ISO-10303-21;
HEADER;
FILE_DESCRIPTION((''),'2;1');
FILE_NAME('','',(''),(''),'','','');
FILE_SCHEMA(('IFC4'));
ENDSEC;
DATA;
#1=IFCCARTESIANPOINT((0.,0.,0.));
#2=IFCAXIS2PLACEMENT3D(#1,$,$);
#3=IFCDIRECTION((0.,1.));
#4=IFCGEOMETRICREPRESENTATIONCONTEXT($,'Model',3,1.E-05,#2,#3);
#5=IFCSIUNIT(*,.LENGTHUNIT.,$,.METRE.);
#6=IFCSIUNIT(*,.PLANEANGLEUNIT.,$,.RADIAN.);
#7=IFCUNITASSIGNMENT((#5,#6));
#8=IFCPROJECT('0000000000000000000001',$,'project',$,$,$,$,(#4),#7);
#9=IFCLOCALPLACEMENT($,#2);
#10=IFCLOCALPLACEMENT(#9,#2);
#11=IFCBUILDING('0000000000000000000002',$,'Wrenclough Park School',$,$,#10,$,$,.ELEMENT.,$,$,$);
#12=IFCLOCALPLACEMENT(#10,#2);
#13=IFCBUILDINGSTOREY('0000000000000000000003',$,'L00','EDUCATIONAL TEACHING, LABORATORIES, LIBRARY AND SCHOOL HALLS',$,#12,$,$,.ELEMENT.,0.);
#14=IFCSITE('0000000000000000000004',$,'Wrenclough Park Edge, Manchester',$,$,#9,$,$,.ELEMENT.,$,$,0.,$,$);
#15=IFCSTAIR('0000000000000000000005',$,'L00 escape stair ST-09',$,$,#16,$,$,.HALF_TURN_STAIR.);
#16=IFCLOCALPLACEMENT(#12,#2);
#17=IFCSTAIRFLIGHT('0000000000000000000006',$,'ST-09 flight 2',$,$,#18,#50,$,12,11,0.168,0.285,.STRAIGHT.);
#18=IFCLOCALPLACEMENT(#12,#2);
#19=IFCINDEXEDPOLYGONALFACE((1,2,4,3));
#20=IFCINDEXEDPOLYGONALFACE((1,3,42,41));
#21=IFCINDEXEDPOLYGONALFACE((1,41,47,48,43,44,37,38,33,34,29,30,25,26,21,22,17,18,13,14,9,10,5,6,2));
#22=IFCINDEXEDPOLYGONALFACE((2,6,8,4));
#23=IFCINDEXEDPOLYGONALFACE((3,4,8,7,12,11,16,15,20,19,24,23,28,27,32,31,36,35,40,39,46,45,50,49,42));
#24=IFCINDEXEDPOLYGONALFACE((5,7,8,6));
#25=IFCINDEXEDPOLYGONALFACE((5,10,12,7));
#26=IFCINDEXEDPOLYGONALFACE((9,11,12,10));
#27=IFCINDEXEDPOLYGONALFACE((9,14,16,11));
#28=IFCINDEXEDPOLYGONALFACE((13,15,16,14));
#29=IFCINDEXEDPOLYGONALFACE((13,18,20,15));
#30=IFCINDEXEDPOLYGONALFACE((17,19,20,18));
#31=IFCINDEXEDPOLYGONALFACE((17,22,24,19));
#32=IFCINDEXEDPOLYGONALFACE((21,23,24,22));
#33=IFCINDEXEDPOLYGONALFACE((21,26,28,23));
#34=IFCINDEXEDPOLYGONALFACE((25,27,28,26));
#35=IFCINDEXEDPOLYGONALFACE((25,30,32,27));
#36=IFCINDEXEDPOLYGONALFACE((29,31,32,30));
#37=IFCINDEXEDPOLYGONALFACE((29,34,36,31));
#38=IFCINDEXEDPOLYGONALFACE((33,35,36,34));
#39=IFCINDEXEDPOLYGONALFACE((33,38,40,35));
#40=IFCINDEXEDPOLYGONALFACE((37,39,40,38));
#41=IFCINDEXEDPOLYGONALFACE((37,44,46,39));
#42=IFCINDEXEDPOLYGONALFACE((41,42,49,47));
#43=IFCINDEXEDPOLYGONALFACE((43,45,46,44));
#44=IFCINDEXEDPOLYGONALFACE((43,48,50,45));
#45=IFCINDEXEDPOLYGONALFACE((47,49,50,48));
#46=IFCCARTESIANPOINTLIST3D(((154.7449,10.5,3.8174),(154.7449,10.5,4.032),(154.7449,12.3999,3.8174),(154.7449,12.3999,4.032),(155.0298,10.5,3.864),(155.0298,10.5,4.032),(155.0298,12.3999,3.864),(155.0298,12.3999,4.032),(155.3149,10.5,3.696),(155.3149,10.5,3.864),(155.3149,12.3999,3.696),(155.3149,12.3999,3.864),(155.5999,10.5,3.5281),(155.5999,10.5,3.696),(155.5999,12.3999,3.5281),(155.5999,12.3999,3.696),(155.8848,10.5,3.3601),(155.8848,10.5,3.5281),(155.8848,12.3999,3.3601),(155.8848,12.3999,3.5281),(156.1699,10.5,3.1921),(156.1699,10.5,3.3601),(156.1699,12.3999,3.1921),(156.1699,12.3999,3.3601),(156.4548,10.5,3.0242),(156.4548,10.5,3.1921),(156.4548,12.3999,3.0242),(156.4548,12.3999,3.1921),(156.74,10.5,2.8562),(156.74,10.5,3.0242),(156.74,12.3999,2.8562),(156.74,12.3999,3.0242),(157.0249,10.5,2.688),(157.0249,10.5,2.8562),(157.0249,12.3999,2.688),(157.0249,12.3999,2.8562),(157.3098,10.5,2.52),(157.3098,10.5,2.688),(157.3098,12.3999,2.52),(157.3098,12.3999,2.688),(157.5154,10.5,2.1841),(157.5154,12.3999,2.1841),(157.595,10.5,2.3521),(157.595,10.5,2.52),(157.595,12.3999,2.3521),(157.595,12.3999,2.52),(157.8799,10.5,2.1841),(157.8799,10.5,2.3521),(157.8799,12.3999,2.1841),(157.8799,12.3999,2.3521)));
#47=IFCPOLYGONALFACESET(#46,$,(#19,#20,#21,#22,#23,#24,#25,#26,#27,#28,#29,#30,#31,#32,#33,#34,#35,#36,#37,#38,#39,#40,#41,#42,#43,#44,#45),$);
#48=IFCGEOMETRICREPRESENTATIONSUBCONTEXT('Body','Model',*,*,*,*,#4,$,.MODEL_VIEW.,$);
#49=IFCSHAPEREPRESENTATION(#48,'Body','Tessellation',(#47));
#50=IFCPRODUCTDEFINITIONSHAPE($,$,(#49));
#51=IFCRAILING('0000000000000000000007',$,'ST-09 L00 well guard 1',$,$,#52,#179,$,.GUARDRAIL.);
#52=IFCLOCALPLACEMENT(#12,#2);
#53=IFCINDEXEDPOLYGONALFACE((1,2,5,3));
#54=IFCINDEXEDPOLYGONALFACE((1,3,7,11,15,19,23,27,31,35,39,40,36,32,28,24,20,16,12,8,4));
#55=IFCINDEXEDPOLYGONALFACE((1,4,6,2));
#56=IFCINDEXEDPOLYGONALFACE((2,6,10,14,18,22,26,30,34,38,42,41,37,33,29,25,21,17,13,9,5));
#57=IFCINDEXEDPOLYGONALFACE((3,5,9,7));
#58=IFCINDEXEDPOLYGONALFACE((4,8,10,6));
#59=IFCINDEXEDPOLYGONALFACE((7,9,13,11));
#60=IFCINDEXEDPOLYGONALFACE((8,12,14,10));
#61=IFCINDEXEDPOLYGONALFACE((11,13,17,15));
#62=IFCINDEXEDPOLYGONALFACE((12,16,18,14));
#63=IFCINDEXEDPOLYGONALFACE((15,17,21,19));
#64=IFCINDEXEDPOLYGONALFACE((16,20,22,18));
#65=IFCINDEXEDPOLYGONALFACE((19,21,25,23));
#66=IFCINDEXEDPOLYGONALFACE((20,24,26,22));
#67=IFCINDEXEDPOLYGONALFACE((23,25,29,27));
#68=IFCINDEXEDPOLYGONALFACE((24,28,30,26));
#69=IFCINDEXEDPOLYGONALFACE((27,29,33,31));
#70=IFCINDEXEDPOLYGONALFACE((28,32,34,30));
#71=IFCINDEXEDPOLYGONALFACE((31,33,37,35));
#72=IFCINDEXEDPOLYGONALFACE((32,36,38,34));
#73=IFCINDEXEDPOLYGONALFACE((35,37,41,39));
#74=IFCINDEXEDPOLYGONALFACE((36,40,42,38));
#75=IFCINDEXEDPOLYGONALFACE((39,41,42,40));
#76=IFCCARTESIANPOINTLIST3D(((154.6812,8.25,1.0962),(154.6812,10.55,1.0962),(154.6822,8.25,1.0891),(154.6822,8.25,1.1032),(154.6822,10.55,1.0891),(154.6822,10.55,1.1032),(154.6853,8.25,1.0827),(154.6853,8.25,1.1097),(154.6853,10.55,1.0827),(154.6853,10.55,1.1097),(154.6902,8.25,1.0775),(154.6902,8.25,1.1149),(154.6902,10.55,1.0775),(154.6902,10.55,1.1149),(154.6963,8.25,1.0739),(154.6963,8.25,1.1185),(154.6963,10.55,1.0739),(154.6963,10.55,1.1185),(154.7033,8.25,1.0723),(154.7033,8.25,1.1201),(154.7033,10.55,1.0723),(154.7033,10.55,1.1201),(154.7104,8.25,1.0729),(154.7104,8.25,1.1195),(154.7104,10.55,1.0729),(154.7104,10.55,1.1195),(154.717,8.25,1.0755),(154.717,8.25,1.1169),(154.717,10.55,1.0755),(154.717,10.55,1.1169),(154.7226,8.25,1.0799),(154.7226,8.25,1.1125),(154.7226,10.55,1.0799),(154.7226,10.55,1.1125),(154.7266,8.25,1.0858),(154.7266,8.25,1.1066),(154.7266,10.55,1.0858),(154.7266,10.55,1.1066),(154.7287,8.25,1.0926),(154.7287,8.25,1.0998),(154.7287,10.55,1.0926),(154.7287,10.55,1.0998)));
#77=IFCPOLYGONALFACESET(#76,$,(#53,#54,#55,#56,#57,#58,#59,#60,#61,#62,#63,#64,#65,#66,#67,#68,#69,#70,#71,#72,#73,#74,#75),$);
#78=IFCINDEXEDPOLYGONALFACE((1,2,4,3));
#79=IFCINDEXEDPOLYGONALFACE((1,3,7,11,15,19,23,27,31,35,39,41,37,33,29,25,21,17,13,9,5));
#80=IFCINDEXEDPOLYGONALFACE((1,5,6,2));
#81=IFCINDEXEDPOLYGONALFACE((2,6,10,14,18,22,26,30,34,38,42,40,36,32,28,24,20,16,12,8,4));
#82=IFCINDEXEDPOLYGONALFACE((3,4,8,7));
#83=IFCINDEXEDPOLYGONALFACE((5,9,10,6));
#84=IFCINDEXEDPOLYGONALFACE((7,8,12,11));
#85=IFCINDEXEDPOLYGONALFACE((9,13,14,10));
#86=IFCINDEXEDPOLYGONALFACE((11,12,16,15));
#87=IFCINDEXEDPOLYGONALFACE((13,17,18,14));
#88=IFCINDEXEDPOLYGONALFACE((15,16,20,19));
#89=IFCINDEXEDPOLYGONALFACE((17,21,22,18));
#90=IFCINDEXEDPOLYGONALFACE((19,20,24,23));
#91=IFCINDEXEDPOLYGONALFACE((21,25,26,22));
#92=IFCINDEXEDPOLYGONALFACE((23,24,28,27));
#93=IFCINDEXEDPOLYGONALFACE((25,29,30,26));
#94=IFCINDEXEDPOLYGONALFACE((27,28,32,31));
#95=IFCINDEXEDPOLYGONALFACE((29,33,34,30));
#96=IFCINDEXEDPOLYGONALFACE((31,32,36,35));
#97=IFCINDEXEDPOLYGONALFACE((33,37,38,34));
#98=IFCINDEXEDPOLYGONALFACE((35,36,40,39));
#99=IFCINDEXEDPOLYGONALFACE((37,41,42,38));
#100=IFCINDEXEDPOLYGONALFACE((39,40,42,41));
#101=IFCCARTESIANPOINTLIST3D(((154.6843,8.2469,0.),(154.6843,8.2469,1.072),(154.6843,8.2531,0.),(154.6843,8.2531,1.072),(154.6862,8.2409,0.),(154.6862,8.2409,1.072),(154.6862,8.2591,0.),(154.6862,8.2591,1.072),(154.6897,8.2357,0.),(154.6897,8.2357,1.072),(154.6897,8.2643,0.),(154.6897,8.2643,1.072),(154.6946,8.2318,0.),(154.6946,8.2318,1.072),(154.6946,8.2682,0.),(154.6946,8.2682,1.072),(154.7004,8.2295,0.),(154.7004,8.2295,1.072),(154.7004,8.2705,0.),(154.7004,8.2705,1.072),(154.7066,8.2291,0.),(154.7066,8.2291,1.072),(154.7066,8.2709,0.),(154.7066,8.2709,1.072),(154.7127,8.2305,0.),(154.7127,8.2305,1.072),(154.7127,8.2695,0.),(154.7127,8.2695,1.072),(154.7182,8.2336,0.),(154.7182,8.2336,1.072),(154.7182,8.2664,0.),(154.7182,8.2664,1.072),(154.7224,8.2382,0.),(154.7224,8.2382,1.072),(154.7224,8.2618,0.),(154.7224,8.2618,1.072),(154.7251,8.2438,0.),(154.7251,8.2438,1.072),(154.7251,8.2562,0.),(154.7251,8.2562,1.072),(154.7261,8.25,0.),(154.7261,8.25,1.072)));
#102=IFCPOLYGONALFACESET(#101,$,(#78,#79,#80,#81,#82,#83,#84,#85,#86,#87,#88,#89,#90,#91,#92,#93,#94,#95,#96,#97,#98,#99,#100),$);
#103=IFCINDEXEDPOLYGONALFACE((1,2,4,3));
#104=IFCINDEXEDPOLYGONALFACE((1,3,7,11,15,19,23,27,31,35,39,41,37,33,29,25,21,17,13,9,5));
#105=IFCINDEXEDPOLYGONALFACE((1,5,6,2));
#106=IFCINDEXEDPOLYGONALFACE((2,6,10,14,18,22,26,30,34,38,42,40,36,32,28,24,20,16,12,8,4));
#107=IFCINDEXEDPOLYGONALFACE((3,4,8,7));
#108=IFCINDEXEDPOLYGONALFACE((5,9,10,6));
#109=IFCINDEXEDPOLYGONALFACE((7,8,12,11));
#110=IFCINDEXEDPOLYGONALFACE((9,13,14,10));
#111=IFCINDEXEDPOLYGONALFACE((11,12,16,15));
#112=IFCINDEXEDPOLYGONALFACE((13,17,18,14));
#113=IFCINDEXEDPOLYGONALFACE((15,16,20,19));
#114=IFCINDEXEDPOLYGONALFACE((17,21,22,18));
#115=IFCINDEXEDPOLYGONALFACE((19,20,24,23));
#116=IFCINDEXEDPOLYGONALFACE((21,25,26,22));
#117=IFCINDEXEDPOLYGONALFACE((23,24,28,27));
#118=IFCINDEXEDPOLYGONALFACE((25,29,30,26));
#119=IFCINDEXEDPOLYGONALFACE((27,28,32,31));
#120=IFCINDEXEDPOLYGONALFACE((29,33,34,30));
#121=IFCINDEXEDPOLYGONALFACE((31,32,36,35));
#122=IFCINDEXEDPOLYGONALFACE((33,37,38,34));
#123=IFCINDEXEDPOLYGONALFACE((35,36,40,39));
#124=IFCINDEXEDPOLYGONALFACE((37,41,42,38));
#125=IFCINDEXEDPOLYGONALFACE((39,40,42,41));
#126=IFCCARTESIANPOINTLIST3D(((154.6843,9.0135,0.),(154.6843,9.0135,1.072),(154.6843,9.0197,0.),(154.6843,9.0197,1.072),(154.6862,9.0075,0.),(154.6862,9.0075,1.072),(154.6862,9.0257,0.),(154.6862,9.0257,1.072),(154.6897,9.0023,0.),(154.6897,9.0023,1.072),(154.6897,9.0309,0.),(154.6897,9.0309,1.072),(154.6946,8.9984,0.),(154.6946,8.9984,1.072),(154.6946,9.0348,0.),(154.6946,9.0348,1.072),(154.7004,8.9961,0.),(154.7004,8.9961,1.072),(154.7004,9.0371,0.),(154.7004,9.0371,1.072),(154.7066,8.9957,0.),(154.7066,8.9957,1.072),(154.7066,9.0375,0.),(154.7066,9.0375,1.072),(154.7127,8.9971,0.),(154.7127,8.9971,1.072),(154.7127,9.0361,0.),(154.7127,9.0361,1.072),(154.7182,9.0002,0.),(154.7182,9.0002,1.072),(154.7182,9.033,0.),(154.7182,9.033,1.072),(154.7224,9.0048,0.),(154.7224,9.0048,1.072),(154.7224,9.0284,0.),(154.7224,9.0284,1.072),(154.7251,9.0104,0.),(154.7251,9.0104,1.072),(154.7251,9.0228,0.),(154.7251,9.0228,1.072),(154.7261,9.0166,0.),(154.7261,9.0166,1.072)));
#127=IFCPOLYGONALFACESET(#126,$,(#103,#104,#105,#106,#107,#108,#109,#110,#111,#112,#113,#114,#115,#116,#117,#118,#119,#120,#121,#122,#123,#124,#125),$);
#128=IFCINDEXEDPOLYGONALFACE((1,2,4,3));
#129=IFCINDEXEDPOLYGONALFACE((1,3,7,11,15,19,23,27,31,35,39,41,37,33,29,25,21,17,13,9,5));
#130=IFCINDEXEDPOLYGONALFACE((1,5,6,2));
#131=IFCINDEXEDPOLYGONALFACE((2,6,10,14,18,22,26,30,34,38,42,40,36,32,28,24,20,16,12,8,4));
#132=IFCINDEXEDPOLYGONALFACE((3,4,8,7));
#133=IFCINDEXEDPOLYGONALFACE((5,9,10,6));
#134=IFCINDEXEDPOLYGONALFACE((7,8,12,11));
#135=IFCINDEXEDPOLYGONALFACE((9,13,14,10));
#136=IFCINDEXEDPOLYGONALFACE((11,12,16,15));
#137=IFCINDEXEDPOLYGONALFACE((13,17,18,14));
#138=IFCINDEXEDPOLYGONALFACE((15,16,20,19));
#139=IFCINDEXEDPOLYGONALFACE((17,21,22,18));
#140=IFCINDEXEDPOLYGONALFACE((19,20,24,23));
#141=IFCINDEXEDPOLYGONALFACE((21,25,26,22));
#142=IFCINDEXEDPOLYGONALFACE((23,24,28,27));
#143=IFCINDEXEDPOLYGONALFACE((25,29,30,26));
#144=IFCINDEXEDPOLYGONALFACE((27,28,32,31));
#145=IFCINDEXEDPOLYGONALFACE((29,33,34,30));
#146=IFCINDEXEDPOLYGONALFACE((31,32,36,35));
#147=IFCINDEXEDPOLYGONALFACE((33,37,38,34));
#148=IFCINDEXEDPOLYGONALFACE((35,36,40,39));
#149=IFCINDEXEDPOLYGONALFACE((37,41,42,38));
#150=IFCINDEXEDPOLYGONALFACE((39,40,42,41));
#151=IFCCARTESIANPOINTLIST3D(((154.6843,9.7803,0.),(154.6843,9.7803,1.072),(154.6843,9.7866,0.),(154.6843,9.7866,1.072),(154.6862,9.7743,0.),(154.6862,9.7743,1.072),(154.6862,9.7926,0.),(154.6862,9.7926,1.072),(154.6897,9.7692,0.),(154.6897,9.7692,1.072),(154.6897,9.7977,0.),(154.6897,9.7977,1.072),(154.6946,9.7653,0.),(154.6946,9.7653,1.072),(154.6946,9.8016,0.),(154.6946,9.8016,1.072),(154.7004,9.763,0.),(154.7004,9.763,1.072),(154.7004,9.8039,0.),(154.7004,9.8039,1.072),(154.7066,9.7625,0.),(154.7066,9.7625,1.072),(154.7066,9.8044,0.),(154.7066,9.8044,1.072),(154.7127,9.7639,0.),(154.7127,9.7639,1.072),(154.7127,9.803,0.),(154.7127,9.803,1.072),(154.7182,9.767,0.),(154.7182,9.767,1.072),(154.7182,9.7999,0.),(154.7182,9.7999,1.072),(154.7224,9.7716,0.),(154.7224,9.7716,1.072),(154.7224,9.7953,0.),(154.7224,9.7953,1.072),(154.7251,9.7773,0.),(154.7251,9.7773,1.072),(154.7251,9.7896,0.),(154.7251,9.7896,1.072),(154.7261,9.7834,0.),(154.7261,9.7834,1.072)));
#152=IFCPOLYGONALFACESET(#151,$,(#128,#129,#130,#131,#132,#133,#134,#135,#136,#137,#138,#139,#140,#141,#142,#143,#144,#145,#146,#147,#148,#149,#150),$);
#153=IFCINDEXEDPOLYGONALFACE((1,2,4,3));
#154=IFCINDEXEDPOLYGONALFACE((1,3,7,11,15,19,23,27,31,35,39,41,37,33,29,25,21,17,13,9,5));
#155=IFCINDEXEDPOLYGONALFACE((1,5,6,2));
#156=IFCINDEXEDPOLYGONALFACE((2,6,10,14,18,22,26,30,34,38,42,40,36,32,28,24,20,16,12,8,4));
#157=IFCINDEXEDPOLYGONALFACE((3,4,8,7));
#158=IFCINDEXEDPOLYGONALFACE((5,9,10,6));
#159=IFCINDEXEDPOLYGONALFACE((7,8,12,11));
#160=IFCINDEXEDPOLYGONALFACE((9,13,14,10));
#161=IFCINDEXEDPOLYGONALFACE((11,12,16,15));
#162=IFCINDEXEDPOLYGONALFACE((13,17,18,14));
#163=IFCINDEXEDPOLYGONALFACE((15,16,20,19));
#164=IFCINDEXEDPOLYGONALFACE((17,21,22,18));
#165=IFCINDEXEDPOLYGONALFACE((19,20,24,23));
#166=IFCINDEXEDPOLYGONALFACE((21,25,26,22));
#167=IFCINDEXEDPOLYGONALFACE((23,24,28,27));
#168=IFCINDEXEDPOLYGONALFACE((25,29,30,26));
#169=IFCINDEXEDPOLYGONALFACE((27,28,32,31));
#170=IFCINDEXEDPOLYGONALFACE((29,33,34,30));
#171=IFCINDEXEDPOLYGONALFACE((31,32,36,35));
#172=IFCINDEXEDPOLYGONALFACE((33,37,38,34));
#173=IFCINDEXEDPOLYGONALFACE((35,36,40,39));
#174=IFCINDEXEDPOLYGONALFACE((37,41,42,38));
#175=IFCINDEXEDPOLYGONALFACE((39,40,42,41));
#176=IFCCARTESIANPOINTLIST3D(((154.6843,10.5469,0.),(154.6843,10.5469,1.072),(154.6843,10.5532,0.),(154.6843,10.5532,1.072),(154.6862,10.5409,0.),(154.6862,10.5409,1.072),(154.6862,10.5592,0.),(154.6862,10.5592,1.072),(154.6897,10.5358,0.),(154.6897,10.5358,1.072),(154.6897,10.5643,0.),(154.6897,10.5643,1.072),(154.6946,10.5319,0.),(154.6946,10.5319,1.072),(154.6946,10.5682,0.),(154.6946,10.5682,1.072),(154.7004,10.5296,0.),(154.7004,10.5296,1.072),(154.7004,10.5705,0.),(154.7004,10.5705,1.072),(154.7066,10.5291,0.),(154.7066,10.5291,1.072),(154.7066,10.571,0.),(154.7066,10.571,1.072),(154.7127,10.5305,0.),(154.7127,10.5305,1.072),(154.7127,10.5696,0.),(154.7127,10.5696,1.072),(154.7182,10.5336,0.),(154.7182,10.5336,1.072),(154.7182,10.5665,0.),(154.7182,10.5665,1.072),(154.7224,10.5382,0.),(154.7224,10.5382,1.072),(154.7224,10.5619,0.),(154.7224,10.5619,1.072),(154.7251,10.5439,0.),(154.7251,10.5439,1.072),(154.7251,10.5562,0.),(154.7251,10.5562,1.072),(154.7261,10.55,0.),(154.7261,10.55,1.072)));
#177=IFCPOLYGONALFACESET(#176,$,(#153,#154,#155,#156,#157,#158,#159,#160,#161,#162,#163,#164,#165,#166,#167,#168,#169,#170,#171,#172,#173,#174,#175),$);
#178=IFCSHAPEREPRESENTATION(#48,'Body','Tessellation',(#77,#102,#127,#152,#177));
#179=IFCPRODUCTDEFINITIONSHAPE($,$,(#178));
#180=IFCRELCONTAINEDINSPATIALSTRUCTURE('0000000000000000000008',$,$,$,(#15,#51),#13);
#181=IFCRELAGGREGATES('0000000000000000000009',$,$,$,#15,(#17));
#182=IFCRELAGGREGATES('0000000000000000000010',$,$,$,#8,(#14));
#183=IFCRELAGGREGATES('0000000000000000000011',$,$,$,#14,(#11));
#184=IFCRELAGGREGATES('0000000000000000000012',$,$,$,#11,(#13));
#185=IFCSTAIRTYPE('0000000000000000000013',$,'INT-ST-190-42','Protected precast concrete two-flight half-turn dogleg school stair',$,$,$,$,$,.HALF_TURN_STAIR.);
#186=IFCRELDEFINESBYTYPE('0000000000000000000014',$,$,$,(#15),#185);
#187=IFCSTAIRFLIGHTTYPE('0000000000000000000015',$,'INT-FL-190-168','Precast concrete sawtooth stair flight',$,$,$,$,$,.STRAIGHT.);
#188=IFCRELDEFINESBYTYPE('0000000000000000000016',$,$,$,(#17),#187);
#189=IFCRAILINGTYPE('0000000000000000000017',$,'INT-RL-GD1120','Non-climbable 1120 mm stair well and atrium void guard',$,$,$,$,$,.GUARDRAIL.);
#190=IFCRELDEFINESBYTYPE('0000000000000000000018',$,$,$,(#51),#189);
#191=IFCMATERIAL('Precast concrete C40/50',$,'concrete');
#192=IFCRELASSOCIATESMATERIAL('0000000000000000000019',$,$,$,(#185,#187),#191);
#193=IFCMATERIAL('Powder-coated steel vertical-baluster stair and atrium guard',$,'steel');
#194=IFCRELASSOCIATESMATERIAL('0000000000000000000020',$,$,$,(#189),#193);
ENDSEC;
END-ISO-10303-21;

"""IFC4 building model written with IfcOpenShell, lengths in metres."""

from ifc_helpers import new_model, si_unit, direction, frame, origin, origin_2d, place, context, subcontext, project, spatial, polyline, circle, outline, extrude, material, type_object, element, aggregate, save


model = new_model("IFC4")

# Units and contexts
model_context = context("Model", 3, precision=1e-05, world=origin(), true_north=direction((0.0, 1.0)))
body_context = subcontext(model_context, "Body", "Model", "MODEL_VIEW")
ifc_project = project(units=[si_unit("LENGTHUNIT", "METRE"), si_unit("PLANEANGLEUNIT", "RADIAN")], contexts=[model_context])

# Site, building, storey
site_placement = place(None, origin())
site = spatial("IfcSite", under=ifc_project, at=site_placement, Name="Wrenclough Park Edge, Manchester", CompositionType="ELEMENT", RefElevation=0.0)
building_placement = place(site_placement, origin())
building = spatial("IfcBuilding", under=site, at=building_placement, Name="Wrenclough Park School", CompositionType="ELEMENT")
storey_placement = place(building_placement, origin())
storey = spatial("IfcBuildingStorey", under=building, at=storey_placement, Name="L00", Description="EDUCATIONAL TEACHING, LABORATORIES, LIBRARY AND SCHOOL HALLS", CompositionType="ELEMENT", Elevation=0.0)

# Stair, stair flight
ifc_material_1 = material(Name="Precast concrete C40/50", Category="concrete")
stair_type = type_object("IfcStairType", Name="INT-ST-190-42", Description="Protected precast concrete two-flight half-turn dogleg school stair", PredefinedType="HALF_TURN_STAIR", material=ifc_material_1)
stair_placement = place(storey_placement, origin())
stair = element("IfcStair", 1, at=stair_placement, inside=storey, type_object=stair_type, Name="L00 escape stair ST-09", PredefinedType="HALF_TURN_STAIR")
stair_flight_type = type_object("IfcStairFlightType", Name="INT-FL-190-168", Description="Precast concrete sawtooth stair flight", PredefinedType="STRAIGHT", material=ifc_material_1)
stair_flight_placement = place(storey_placement, frame((157.8799, 11.45, 2.1841), z_axis=(0.0, 0.0, 1.0), x_axis=(-1.0, 0.0, 0.0)))
stair_flight = element("IfcStairFlight", 2, at=stair_flight_placement, type_object=stair_flight_type, Name="ST-09 flight 2", NumberOfRisers=12, NumberOfTreads=11, PredefinedType="STRAIGHT", RiserHeight=0.168, TreadLength=0.285, context=body_context, shape_type="SweptSolid", body=[
    extrude(outline(polyline([(0.0, 0.0), (0.0, 0.168), (0.2849, 0.168), (0.2849, 0.3359), (0.5701, 0.3359), (0.5701, 0.5039), (0.855, 0.5039), (0.855, 0.6721), (1.1399, 0.6721), (1.1399, 0.8401), (1.425, 0.8401), (1.425, 1.0081), (1.71, 1.0081), (1.71, 1.176), (1.9951, 1.176), (1.9951, 1.344), (2.28, 1.344), (2.28, 1.512), (2.5649, 1.512), (2.5649, 1.6799), (2.8501, 1.6799), (2.8501, 1.8479), (3.135, 1.8479), (3.135, 2.0161), (3.135, 1.6333), (0.3645, 0.0), (0.0, 0.0)])), frame((0.0, 0.95, 0.0), z_axis=(0.0, -1.0, 0.0), x_axis=(1.0, 0.0, 0.0)), (0.0, 0.0, 1.0), 1.8999),
])
aggregate(stair, [stair_flight])

# Railing
ifc_material_2 = material(Name="Powder-coated steel vertical-baluster stair and atrium guard", Category="steel")
railing_type_1 = type_object("IfcRailingType", Name="INT-RL-GD1120", Description="Non-climbable 1120 mm stair well and atrium void guard", PredefinedType="GUARDRAIL", material=ifc_material_2)
railing_1_placement = place(storey_placement, frame((154.7051, 8.25, 0.0)))
element("IfcRailing", 3, at=railing_1_placement, inside=storey, type_object=railing_type_1, Name="ST-09 L00 well guard 1", PredefinedType="GUARDRAIL", context=body_context, shape_type="SweptSolid", body=[
    extrude(circle(Radius=0.0239, at=origin_2d()), frame((0.0, 0.0, 1.0962), z_axis=(0.0, 1.0, 0.0), x_axis=(-1.0, 0.0, 0.0)), (0.0, 0.0, 1.0), 2.3),
    extrude(circle(Radius=0.021, at=origin_2d()), origin(), (0.0, 0.0, 1.0), 1.072),
    extrude(circle(Radius=0.021, at=origin_2d()), frame((0.0, 0.7666, 0.0)), (0.0, 0.0, 1.0), 1.072),
    extrude(circle(Radius=0.021, at=origin_2d()), frame((0.0, 1.5334, 0.0)), (0.0, 0.0, 1.0), 1.072),
    extrude(circle(Radius=0.021, at=origin_2d()), frame((0.0, 2.3, 0.0)), (0.0, 0.0, 1.0), 1.072),
])

save(model, "model.ifc")
